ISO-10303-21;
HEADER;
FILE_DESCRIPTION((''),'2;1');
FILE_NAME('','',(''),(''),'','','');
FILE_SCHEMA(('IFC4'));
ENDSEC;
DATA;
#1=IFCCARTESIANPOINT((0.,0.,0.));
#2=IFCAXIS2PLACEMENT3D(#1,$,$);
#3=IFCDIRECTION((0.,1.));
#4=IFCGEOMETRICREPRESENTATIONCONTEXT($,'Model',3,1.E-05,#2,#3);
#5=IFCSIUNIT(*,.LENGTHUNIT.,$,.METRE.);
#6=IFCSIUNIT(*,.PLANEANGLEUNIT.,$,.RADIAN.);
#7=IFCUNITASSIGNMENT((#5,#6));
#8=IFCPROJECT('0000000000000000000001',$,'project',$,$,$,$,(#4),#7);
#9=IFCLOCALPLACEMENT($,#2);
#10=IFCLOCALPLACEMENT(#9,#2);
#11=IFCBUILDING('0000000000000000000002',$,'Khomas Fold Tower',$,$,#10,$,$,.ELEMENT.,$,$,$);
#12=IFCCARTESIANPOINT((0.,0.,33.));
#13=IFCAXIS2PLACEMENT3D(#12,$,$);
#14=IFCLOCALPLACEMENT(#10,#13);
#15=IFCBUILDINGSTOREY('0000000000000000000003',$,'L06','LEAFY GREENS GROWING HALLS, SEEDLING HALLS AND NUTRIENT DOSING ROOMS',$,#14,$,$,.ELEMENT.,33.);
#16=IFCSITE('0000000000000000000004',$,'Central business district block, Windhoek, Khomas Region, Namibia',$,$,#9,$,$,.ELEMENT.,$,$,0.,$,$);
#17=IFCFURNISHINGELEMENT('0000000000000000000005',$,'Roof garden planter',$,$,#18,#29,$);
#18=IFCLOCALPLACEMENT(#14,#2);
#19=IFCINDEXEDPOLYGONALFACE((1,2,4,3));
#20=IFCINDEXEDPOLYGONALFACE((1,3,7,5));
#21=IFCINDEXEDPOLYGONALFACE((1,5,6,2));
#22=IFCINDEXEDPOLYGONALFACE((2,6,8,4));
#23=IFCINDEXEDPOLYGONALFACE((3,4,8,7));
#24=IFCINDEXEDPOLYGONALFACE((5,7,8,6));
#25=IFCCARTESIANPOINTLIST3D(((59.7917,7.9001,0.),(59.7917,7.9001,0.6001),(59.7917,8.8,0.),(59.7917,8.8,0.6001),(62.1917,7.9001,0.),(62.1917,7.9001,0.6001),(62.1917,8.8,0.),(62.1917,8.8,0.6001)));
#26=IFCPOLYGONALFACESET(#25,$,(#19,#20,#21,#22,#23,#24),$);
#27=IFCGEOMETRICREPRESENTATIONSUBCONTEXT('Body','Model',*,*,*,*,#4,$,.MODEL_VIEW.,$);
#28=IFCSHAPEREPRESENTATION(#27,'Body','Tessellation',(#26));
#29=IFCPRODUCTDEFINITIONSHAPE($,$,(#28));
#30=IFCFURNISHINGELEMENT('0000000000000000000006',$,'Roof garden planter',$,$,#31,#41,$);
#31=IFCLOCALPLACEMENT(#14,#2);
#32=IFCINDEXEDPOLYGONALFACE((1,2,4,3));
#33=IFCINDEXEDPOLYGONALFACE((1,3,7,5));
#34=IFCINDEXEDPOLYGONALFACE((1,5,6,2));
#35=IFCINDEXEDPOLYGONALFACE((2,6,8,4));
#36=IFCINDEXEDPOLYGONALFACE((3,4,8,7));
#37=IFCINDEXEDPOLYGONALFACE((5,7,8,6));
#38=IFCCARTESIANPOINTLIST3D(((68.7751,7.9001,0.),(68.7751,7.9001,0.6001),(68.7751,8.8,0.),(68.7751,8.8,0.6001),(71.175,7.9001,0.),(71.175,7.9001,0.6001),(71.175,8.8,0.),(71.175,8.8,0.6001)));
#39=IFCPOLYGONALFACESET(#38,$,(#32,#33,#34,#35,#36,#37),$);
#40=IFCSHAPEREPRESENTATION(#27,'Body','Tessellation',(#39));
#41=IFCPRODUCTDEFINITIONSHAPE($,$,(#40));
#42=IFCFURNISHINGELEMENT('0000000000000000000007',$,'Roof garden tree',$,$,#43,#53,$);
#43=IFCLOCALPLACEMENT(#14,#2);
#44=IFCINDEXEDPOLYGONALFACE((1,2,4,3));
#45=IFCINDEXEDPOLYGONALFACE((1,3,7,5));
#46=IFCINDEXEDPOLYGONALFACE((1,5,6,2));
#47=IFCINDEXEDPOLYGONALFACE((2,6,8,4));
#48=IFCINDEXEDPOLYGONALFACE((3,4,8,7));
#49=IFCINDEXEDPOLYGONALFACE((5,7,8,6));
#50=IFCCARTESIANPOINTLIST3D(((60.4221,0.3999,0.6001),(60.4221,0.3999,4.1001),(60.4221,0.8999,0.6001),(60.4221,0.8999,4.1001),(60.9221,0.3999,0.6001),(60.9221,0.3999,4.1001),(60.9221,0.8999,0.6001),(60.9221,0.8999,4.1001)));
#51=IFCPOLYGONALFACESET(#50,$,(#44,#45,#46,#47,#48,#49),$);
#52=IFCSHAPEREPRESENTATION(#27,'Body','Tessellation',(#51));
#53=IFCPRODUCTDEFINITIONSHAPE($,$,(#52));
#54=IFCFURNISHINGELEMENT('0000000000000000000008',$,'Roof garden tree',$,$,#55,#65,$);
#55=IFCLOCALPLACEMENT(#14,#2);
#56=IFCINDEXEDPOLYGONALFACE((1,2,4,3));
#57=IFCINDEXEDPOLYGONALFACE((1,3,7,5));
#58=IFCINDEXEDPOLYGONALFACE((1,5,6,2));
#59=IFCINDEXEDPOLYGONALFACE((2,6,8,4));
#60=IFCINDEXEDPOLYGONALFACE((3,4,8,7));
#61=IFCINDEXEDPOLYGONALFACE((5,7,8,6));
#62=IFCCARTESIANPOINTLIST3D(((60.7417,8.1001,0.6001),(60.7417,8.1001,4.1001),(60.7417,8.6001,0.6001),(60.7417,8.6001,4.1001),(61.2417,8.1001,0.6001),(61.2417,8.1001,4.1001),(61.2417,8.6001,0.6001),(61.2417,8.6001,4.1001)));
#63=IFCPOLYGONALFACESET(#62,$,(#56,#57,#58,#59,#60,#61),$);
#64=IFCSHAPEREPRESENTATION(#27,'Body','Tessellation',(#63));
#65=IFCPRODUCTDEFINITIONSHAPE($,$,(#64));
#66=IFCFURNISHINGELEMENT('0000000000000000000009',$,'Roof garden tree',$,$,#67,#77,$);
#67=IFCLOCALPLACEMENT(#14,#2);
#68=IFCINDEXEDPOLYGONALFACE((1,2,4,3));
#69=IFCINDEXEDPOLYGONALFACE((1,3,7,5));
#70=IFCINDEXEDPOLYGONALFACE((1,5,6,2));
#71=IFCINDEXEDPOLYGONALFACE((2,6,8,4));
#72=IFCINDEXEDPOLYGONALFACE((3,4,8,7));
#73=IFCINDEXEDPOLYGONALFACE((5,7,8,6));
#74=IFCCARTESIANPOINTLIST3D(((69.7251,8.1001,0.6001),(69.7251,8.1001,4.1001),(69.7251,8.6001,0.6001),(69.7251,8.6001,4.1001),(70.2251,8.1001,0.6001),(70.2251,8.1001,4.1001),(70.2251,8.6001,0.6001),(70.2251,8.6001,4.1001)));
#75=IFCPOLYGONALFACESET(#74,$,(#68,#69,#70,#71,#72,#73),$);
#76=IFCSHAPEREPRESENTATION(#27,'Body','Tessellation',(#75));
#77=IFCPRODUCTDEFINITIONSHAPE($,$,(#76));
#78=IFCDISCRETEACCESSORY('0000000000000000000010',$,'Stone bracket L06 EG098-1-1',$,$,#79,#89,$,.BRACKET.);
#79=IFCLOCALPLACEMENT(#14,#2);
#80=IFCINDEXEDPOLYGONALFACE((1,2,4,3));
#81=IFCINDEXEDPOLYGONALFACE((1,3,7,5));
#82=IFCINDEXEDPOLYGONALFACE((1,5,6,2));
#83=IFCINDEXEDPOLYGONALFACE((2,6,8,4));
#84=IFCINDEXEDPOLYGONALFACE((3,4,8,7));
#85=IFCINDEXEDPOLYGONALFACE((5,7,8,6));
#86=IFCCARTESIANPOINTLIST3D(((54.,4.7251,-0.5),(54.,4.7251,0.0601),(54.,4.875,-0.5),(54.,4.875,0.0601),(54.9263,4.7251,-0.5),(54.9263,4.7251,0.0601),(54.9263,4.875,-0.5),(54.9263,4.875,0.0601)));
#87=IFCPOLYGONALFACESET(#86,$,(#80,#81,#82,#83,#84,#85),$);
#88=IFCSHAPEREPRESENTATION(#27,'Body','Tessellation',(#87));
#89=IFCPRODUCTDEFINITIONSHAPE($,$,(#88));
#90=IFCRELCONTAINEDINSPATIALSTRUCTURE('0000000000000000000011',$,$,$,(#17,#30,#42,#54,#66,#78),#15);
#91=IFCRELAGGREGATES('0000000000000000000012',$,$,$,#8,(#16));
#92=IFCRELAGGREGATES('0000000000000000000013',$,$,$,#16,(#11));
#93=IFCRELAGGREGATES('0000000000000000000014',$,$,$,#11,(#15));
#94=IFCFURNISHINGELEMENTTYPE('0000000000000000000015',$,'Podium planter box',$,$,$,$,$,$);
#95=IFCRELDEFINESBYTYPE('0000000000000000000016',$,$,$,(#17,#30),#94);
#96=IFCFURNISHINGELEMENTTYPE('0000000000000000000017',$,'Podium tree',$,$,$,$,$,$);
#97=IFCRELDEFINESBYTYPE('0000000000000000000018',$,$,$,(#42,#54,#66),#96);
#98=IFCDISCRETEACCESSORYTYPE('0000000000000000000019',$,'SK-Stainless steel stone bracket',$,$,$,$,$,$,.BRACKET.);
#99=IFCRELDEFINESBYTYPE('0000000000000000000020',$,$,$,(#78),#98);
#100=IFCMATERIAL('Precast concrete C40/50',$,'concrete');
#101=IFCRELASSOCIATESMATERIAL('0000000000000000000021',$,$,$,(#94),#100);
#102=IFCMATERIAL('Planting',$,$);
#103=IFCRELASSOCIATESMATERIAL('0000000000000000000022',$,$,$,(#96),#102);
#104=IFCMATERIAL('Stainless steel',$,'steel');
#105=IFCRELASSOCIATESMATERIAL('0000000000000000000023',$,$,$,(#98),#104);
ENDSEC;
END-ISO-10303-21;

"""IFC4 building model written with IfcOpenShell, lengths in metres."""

from ifc_helpers import new_model, si_unit, direction, frame, origin, origin_2d, place, context, subcontext, project, spatial, rectangle, extrude, source, transform, mapped, material, type_object, element, save


model = new_model("IFC4")

# Units and contexts
model_context = context("Model", 3, precision=1e-05, world=origin(), true_north=direction((0.0, 1.0)))
body_context = subcontext(model_context, "Body", "Model", "MODEL_VIEW")
ifc_project = project(units=[si_unit("LENGTHUNIT", "METRE"), si_unit("PLANEANGLEUNIT", "RADIAN")], contexts=[model_context])

# Site, building, storey
site_placement = place(None, origin())
site = spatial("IfcSite", under=ifc_project, at=site_placement, Name="Central business district block, Windhoek, Khomas Region, Namibia", CompositionType="ELEMENT", RefElevation=0.0)
building_placement = place(site_placement, origin())
building = spatial("IfcBuilding", under=site, at=building_placement, Name="Khomas Fold Tower", CompositionType="ELEMENT")
storey_placement = place(building_placement, frame((0.0, 0.0, 33.0)))
storey = spatial("IfcBuildingStorey", under=building, at=storey_placement, Name="L06", Description="LEAFY GREENS GROWING HALLS, SEEDLING HALLS AND NUTRIENT DOSING ROOMS", CompositionType="ELEMENT", Elevation=33.0)

# Furnishing elements
ifc_material_1 = material(Name="Precast concrete C40/50", Category="concrete")
furnishing_element_type_1 = type_object("IfcFurnishingElementType", Name="Podium planter box", material=ifc_material_1)
shared_shape_1 = source(origin(), body_context, "Body", "SweptSolid", [
    extrude(rectangle(XDim=2.3999, YDim=0.8999, at=origin_2d()), origin(), (0.0, 0.0, 1.0), 0.6001),
])
for number, where, z_axis, x_axis, name in (
    (1, (60.9917, 8.3501, 0.0), (0.0, 0.0, 1.0), (1.0, 0.0, 0.0), "Roof garden planter"),
    (2, (69.9751, 8.3501, 0.0), (0.0, 0.0, 1.0), (1.0, 0.0, 0.0), "Roof garden planter"),
):
    element("IfcFurnishingElement", number, at=place(storey_placement, frame(where, z_axis=z_axis, x_axis=x_axis)), inside=storey, type_object=furnishing_element_type_1, Name=name, context=body_context, shape_type="MappedRepresentation", body=[
        mapped(shared_shape_1, transform((0.0, 0.0, 0.0))),
    ])
ifc_material_2 = material(Name="Planting")
furnishing_element_type_2 = type_object("IfcFurnishingElementType", Name="Podium tree", material=ifc_material_2)
shared_shape_2 = source(origin(), body_context, "Body", "SweptSolid", [
    extrude(rectangle(XDim=0.5, YDim=0.5, at=origin_2d()), origin(), (0.0, 0.0, 1.0), 3.5),
])
for number, where, z_axis, x_axis, name in (
    (3, (60.6721, 0.6499, 0.6001), (0.0, 0.0, 1.0), (1.0, 0.0, 0.0), "Roof garden tree"),
    (4, (60.9917, 8.3501, 0.6001), (0.0, 0.0, 1.0), (1.0, 0.0, 0.0), "Roof garden tree"),
    (5, (69.9751, 8.3501, 0.6001), (0.0, 0.0, 1.0), (1.0, 0.0, 0.0), "Roof garden tree"),
):
    element("IfcFurnishingElement", number, at=place(storey_placement, frame(where, z_axis=z_axis, x_axis=x_axis)), inside=storey, type_object=furnishing_element_type_2, Name=name, context=body_context, shape_type="MappedRepresentation", body=[
        mapped(shared_shape_2, transform((0.0, 0.0, 0.0))),
    ])

# Discrete accessory
ifc_material_3 = material(Name="Stainless steel", Category="steel")
discrete_accessory_type = type_object("IfcDiscreteAccessoryType", Name="SK-Stainless steel stone bracket", PredefinedType="BRACKET", material=ifc_material_3)
shared_shape_3 = source(origin(), body_context, "Body", "SweptSolid", [
    extrude(rectangle(XDim=0.9263, YDim=0.1499, at=origin_2d()), origin(), (0.0, 0.0, 1.0), 0.5601),
])
discrete_accessory_placement = place(storey_placement, frame((54.4631, 4.8, -0.5), z_axis=(0.0, 0.0, 1.0), x_axis=(1.0, 0.0, 0.0)))
element("IfcDiscreteAccessory", 6, at=discrete_accessory_placement, inside=storey, type_object=discrete_accessory_type, Name="Stone bracket L06 EG098-1-1", PredefinedType="BRACKET", context=body_context, shape_type="MappedRepresentation", body=[
    mapped(shared_shape_3, transform((0.0, 0.0, 0.0))),
])

save(model, "model.ifc")
